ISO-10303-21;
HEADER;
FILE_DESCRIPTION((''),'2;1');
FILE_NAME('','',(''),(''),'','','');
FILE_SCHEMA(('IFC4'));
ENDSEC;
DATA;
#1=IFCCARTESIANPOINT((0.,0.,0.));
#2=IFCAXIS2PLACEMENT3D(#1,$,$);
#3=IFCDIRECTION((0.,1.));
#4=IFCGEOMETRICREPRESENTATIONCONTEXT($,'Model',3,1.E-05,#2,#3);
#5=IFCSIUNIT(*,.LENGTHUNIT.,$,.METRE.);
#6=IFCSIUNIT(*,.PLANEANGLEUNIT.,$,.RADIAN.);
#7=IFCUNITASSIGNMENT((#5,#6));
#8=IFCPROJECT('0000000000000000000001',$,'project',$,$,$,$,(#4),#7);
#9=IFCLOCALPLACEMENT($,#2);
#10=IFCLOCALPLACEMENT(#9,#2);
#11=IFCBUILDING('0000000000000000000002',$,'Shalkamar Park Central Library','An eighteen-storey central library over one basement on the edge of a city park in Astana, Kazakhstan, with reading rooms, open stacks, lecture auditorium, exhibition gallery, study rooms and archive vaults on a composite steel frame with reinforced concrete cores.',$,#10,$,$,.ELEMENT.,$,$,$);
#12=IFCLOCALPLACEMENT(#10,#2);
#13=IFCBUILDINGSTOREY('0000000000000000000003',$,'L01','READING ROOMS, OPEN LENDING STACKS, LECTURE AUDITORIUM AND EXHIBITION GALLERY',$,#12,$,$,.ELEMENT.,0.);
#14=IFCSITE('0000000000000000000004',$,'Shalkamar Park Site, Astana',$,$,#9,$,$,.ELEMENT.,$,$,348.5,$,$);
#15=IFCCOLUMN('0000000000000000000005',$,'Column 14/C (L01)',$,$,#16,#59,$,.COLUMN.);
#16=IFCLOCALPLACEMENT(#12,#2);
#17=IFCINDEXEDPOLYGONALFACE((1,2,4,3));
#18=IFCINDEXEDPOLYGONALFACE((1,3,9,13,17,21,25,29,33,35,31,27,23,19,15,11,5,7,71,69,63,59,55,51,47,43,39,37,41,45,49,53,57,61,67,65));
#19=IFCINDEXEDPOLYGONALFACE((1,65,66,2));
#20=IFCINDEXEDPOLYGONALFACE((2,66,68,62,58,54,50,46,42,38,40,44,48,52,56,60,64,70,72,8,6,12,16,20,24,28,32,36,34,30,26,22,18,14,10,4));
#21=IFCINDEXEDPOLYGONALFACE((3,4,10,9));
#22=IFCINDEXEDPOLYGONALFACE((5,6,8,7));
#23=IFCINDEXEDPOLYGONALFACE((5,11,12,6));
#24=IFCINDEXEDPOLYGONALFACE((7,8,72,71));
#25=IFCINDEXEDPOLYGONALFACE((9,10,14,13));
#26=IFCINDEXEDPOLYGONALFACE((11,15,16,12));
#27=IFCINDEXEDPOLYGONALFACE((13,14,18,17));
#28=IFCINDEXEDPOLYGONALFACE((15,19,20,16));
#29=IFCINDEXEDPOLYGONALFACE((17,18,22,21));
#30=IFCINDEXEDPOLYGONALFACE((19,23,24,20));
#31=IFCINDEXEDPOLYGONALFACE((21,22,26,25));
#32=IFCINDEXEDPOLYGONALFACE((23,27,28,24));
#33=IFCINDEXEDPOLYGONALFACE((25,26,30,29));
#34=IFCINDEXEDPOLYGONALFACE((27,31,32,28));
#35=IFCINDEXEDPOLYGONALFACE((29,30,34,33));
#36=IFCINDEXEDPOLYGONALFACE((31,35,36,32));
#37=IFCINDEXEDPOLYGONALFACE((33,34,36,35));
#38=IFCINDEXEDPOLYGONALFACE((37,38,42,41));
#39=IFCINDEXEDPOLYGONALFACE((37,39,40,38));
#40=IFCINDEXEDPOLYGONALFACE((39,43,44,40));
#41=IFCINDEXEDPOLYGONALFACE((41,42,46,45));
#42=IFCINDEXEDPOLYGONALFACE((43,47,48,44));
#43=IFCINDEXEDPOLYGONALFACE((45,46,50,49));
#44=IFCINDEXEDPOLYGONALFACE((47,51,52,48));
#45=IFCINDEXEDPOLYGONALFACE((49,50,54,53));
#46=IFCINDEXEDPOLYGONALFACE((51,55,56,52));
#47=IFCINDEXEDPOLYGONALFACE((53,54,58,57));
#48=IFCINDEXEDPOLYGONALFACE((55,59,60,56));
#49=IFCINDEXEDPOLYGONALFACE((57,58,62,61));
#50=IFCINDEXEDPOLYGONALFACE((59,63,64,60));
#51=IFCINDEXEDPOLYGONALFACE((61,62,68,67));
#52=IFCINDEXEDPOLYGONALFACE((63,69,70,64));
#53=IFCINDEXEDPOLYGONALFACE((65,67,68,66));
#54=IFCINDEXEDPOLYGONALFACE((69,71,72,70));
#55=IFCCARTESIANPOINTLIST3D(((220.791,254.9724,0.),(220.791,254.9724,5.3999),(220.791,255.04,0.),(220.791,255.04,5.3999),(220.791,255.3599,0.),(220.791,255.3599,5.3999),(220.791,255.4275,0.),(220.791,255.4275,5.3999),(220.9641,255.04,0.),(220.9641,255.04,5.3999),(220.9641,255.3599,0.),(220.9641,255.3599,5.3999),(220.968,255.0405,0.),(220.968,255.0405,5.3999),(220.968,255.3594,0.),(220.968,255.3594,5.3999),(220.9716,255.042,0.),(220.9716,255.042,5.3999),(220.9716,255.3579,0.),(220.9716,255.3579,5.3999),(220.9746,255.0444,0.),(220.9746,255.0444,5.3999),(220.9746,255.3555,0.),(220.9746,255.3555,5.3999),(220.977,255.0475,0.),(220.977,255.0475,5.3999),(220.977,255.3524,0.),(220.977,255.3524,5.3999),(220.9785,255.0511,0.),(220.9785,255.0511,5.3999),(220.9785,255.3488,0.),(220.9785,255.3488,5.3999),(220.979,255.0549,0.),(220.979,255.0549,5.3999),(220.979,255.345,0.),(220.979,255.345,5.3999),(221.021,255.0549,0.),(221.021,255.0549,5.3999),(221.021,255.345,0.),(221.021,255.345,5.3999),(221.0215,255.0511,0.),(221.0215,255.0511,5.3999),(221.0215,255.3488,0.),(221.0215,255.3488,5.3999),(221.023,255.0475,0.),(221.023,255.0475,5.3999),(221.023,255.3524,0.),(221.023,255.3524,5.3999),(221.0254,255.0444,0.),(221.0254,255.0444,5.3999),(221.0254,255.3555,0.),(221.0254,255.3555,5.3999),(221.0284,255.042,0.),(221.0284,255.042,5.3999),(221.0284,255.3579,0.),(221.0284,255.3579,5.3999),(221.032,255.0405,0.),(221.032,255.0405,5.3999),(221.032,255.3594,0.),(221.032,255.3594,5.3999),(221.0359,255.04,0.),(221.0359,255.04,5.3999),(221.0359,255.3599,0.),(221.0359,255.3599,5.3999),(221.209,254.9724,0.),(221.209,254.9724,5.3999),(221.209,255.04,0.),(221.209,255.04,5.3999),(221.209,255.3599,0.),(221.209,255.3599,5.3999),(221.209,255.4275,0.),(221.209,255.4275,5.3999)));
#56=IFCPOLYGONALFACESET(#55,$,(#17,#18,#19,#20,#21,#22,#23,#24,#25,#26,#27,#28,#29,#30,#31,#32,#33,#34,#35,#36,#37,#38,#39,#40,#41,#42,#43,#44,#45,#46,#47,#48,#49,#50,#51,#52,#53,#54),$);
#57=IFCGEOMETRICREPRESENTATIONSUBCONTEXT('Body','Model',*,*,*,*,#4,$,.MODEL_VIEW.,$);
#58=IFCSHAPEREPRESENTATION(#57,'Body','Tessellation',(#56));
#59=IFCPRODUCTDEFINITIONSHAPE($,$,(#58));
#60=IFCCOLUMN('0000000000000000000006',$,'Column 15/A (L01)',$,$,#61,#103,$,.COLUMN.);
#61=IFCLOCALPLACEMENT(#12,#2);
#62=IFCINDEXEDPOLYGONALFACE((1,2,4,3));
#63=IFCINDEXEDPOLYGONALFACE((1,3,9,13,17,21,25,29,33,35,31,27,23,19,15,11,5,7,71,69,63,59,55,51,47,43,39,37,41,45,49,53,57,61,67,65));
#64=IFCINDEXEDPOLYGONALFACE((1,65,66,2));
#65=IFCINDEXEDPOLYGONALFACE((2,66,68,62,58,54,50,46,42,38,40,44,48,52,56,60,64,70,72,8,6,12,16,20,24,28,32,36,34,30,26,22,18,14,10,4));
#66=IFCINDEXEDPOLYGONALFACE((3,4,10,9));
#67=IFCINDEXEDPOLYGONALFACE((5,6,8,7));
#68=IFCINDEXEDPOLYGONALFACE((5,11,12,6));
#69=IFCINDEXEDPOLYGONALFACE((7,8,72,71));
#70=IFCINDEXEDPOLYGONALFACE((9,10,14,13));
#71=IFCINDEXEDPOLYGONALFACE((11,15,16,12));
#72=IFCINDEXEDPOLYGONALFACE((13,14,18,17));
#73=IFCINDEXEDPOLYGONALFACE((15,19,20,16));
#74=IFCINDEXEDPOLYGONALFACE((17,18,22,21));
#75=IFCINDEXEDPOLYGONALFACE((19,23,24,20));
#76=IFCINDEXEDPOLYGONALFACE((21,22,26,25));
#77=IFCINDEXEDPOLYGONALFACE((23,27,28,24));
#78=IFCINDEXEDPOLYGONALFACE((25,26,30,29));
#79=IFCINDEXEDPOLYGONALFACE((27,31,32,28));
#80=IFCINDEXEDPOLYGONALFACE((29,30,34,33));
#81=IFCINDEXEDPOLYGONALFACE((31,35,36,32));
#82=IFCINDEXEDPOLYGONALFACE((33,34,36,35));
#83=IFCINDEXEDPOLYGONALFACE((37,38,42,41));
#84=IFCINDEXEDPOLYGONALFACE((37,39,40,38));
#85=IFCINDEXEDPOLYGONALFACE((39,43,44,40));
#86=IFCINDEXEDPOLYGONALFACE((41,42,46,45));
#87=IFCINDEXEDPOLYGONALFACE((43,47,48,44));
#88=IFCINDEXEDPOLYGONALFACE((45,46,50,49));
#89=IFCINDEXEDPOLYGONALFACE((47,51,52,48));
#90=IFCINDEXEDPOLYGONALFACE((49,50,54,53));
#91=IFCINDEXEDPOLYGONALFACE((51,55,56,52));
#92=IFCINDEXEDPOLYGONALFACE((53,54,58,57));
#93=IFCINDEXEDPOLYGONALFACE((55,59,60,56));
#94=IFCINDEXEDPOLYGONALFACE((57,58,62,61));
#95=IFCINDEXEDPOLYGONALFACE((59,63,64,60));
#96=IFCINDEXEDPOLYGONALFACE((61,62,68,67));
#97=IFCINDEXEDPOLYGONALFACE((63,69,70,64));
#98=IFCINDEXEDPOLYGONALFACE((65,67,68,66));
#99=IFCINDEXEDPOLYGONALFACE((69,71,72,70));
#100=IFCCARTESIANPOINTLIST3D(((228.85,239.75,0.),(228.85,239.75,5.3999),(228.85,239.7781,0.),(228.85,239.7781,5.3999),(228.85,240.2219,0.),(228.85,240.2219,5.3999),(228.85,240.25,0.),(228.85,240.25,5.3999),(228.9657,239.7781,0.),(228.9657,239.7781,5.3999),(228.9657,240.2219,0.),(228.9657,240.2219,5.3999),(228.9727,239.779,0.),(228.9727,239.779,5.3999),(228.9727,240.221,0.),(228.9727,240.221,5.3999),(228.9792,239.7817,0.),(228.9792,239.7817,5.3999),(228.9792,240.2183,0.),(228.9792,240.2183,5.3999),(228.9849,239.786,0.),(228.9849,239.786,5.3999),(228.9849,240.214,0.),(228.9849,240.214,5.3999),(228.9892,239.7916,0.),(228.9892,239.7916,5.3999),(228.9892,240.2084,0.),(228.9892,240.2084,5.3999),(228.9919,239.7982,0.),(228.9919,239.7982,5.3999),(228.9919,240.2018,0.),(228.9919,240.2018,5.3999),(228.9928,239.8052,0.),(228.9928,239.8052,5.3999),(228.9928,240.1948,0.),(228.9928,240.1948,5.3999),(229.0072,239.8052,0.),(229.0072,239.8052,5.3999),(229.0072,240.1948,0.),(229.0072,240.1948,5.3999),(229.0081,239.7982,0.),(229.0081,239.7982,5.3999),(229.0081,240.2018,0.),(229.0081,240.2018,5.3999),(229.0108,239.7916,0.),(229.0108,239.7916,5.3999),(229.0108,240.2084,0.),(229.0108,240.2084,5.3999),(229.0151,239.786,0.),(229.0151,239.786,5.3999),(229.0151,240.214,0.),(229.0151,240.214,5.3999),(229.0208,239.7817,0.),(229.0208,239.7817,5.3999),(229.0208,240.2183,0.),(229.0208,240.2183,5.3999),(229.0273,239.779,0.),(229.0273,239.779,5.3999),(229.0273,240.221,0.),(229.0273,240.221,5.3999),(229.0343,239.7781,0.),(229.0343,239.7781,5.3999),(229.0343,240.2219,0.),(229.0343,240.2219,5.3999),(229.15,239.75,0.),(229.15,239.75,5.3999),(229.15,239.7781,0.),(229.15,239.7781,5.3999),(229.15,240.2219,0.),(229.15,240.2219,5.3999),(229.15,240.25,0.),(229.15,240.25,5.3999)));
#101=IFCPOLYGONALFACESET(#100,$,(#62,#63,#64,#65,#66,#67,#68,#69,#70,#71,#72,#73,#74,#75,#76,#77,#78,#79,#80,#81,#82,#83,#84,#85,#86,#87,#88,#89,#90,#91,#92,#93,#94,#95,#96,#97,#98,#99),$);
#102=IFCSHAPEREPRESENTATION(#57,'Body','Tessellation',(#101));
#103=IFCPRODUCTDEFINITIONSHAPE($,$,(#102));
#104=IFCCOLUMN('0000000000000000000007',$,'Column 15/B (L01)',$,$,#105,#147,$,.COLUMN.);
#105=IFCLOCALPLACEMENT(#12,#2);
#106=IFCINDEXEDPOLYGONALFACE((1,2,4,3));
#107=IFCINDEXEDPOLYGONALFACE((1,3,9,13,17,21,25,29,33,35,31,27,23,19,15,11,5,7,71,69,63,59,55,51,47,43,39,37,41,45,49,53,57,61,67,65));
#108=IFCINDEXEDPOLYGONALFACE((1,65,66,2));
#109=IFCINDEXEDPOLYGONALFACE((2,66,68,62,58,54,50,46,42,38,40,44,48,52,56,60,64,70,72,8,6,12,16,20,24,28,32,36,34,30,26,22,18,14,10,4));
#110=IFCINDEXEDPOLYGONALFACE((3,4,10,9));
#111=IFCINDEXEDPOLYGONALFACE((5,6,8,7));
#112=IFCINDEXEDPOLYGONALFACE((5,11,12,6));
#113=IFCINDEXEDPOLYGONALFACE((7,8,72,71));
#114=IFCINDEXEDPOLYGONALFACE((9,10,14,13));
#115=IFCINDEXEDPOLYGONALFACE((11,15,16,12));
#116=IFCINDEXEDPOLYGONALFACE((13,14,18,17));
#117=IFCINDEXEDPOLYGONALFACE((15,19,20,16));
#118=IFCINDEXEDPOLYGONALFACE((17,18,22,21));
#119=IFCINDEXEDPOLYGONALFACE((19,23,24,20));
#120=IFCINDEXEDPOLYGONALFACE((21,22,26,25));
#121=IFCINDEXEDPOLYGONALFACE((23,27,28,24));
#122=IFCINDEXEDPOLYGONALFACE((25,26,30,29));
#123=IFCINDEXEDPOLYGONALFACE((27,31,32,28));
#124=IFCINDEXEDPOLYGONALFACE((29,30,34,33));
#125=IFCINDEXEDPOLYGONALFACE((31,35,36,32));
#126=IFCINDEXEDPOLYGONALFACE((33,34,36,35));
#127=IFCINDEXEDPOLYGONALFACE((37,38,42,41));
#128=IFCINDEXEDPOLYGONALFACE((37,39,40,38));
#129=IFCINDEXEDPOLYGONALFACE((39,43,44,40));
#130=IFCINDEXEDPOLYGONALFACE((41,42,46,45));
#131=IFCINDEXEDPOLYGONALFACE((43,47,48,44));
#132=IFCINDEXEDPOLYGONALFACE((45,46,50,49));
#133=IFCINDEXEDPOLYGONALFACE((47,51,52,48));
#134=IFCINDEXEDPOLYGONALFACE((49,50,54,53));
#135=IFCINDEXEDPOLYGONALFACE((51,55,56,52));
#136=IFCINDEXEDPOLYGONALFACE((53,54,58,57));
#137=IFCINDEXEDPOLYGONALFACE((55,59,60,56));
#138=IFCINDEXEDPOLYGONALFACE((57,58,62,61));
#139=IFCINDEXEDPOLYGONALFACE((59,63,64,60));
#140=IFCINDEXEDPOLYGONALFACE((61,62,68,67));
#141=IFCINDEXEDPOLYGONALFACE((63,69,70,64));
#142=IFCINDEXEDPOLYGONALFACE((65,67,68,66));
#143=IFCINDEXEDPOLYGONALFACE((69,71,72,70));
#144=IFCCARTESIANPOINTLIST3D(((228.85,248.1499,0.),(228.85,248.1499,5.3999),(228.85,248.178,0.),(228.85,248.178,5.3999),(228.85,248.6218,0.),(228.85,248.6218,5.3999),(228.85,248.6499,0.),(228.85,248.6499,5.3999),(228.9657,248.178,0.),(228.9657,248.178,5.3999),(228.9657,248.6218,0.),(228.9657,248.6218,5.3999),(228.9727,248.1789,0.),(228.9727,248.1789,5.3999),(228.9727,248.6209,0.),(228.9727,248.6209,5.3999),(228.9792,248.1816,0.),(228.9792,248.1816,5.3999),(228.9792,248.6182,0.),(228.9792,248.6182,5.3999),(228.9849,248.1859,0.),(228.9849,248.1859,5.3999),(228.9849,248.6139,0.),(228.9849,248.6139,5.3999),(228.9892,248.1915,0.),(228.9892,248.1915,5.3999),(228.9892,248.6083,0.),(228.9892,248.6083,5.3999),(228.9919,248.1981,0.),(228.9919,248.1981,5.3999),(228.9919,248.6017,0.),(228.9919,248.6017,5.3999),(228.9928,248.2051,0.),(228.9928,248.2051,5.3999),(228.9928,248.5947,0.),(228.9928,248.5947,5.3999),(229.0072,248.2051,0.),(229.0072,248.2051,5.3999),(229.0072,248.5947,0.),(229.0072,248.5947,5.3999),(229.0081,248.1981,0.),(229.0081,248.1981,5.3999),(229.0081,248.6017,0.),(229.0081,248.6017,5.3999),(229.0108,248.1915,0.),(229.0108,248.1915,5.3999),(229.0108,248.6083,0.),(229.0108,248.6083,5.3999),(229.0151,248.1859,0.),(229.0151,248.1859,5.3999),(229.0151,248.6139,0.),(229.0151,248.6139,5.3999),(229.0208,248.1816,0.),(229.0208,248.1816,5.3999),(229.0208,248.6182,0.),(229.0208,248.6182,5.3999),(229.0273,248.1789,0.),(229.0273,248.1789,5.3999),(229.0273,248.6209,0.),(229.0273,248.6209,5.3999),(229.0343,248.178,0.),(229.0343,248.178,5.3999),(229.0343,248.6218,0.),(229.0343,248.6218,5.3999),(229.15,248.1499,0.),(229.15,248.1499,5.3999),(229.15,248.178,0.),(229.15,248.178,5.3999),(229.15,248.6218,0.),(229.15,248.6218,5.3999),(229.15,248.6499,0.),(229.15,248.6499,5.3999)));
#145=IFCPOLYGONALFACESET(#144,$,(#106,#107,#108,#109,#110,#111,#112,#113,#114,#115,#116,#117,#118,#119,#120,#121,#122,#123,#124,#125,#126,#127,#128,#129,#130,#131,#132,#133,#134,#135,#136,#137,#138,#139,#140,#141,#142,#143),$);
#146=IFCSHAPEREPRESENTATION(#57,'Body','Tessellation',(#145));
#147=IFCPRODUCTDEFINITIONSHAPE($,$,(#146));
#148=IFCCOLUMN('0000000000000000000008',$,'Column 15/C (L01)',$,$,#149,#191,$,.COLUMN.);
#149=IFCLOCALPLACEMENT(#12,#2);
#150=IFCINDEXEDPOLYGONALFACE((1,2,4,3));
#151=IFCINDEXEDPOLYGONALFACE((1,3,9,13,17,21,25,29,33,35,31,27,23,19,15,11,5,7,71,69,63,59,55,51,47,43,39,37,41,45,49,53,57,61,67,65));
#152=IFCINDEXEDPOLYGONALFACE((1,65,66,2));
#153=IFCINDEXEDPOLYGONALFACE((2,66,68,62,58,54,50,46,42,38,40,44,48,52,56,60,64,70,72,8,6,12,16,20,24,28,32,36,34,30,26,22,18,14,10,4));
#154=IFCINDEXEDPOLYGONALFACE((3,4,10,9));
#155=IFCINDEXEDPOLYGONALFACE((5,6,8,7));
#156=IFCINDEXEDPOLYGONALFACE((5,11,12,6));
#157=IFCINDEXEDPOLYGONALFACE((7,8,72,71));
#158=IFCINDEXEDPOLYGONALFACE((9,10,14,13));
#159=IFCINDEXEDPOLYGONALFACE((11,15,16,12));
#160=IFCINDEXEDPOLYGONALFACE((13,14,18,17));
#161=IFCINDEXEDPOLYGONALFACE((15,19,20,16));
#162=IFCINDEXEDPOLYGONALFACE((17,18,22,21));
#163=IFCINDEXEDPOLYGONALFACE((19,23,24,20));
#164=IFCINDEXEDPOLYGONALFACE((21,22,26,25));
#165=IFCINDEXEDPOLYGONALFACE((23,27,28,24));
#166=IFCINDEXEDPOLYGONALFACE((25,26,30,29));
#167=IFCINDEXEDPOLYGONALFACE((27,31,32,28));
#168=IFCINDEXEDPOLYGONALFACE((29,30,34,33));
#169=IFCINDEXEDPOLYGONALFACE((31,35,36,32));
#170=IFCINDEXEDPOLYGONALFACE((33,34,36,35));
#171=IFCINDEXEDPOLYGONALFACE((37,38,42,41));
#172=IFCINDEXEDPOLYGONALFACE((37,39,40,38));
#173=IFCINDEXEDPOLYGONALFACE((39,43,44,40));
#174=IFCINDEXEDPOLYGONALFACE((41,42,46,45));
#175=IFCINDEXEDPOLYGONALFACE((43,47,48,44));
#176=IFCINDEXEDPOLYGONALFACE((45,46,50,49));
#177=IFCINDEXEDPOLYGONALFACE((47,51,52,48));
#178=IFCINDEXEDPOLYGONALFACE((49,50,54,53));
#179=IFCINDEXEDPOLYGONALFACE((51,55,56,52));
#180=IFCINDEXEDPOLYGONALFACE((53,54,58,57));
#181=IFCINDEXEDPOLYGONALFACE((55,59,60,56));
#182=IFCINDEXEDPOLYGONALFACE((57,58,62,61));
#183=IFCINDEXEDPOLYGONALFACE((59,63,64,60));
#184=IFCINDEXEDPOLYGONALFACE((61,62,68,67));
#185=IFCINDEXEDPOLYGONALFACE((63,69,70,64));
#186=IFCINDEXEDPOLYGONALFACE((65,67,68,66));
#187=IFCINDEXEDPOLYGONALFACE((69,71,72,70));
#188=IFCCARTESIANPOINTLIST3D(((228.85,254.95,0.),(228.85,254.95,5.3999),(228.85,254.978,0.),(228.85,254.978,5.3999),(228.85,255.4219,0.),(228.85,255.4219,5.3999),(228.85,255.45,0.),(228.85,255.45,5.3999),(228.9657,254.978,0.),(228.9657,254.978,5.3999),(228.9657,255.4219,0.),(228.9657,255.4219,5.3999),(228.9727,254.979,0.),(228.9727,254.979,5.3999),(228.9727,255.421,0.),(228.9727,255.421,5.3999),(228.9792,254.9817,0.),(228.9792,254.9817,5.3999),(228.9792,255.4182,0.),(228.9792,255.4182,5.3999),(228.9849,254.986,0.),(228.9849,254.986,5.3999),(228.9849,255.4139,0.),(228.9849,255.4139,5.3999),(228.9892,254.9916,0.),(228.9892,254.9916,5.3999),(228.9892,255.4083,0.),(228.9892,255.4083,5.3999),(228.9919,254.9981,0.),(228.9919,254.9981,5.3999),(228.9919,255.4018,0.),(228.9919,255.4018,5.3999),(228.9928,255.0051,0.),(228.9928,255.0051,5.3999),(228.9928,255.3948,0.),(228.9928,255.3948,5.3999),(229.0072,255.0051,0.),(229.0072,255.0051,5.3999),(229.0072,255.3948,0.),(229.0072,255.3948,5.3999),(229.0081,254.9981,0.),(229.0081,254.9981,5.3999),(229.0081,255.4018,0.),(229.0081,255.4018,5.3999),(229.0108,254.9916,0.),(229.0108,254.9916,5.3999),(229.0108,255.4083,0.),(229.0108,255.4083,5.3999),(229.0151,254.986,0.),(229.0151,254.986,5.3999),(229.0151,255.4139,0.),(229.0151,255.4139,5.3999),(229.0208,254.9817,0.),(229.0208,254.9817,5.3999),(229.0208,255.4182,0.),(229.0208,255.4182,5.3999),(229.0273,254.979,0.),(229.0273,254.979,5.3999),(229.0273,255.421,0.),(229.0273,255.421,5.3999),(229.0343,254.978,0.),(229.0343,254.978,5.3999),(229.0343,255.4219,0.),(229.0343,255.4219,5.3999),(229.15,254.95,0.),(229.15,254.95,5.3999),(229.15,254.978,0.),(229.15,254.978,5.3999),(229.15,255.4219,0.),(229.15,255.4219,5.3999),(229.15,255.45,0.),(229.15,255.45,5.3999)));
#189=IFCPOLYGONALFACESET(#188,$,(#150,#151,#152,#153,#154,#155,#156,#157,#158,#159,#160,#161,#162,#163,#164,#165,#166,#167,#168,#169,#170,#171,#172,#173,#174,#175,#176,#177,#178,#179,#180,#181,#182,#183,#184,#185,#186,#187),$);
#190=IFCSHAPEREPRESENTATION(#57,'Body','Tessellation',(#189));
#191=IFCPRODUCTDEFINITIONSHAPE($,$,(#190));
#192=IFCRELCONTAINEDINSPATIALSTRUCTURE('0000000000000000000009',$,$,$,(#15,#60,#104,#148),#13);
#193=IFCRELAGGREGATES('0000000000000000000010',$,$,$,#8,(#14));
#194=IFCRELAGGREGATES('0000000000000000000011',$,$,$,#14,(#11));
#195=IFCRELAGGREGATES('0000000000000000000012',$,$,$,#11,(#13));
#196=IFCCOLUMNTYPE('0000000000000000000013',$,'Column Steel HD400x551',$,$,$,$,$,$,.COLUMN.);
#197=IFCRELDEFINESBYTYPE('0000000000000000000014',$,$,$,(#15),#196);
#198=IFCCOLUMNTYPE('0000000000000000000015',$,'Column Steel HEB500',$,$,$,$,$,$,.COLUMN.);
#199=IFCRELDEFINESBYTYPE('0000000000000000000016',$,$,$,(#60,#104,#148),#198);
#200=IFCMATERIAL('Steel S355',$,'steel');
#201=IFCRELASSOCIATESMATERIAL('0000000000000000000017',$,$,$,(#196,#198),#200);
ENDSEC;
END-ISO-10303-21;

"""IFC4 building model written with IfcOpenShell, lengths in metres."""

from ifc_helpers import new_model, si_unit, direction, frame, origin, origin_2d, place, context, subcontext, project, spatial, i_section, extrude, material, material_profile, profile_set, type_object, element, save


model = new_model("IFC4")

# Units and contexts
model_context = context("Model", 3, precision=1e-05, world=origin(), true_north=direction((0.0, 1.0)))
body_context = subcontext(model_context, "Body", "Model", "MODEL_VIEW")
ifc_project = project(units=[si_unit("LENGTHUNIT", "METRE"), si_unit("PLANEANGLEUNIT", "RADIAN")], contexts=[model_context])

# Site, building, storey
site_placement = place(None, origin())
site = spatial("IfcSite", under=ifc_project, at=site_placement, Name="Shalkamar Park Site, Astana", CompositionType="ELEMENT", RefElevation=348.5)
building_placement = place(site_placement, origin())
building = spatial("IfcBuilding", under=site, at=building_placement, Name="Shalkamar Park Central Library", Description="An eighteen-storey central library over one basement on the edge of a city park in Astana, Kazakhstan, with reading rooms, open stacks, lecture auditorium, exhibition gallery, study rooms and archive vaults on a composite steel frame with reinforced concrete cores.", CompositionType="ELEMENT")
storey_placement = place(building_placement, origin())
storey = spatial("IfcBuildingStorey", under=building, at=storey_placement, Name="L01", Description="READING ROOMS, OPEN LENDING STACKS, LECTURE AUDITORIUM AND EXHIBITION GALLERY", CompositionType="ELEMENT", Elevation=0.0)

# Columns
ifc_material_1 = material(Name="Steel S355", Category="steel")
ifc_material_profile_1 = material_profile(ifc_material_1, i_section(OverallWidth=0.418, OverallDepth=0.4551, WebThickness=0.042, FlangeThickness=0.0676, FilletRadius=0.0149, at=origin_2d()), Name="HD 400x551")
ifc_profile_set_1 = profile_set([ifc_material_profile_1], Name="Steel S355")
column_type_1 = type_object("IfcColumnType", Name="Column Steel HD400x551", PredefinedType="COLUMN", material=ifc_profile_set_1)
column_placement = place(storey_placement, frame((221.0, 255.2, 0.0), z_axis=(0.0, 0.0, 1.0), x_axis=(1.0, 0.0, 0.0)))
element("IfcColumn", 1, at=column_placement, inside=storey, type_object=column_type_1, Name="Column 14/C (L01)", PredefinedType="COLUMN", context=body_context, shape_type="SweptSolid", body=[
    extrude(i_section(OverallWidth=0.418, OverallDepth=0.4551, WebThickness=0.042, FlangeThickness=0.0676, FilletRadius=0.0149, at=origin_2d()), origin(), (0.0, 0.0, 1.0), 5.3999),
])
ifc_material_profile_2 = material_profile(ifc_material_1, i_section(OverallWidth=0.3, OverallDepth=0.5, WebThickness=0.0144, FlangeThickness=0.0281, FilletRadius=0.0271, at=origin_2d()), Name="HEB 500")
ifc_profile_set_2 = profile_set([ifc_material_profile_2], Name="Steel S355")
column_type_2 = type_object("IfcColumnType", Name="Column Steel HEB500", PredefinedType="COLUMN", material=ifc_profile_set_2)
for number, where, z_axis, x_axis, name in (
    (2, (229.0, 240.0, 0.0), (0.0, 0.0, 1.0), (1.0, 0.0, 0.0), "Column 15/A (L01)"),
    (3, (229.0, 248.3999, 0.0), (0.0, 0.0, 1.0), (1.0, 0.0, 0.0), "Column 15/B (L01)"),
    (4, (229.0, 255.2, 0.0), (0.0, 0.0, 1.0), (1.0, 0.0, 0.0), "Column 15/C (L01)"),
):
    element("IfcColumn", number, at=place(storey_placement, frame(where, z_axis=z_axis, x_axis=x_axis)), inside=storey, type_object=column_type_2, Name=name, PredefinedType="COLUMN", context=body_context, shape_type="SweptSolid", body=[
        extrude(i_section(OverallWidth=0.3, OverallDepth=0.5, WebThickness=0.0144, FlangeThickness=0.0281, FilletRadius=0.0271, at=origin_2d()), origin(), (0.0, 0.0, 1.0), 5.3999),
    ])

save(model, "model.ifc")
